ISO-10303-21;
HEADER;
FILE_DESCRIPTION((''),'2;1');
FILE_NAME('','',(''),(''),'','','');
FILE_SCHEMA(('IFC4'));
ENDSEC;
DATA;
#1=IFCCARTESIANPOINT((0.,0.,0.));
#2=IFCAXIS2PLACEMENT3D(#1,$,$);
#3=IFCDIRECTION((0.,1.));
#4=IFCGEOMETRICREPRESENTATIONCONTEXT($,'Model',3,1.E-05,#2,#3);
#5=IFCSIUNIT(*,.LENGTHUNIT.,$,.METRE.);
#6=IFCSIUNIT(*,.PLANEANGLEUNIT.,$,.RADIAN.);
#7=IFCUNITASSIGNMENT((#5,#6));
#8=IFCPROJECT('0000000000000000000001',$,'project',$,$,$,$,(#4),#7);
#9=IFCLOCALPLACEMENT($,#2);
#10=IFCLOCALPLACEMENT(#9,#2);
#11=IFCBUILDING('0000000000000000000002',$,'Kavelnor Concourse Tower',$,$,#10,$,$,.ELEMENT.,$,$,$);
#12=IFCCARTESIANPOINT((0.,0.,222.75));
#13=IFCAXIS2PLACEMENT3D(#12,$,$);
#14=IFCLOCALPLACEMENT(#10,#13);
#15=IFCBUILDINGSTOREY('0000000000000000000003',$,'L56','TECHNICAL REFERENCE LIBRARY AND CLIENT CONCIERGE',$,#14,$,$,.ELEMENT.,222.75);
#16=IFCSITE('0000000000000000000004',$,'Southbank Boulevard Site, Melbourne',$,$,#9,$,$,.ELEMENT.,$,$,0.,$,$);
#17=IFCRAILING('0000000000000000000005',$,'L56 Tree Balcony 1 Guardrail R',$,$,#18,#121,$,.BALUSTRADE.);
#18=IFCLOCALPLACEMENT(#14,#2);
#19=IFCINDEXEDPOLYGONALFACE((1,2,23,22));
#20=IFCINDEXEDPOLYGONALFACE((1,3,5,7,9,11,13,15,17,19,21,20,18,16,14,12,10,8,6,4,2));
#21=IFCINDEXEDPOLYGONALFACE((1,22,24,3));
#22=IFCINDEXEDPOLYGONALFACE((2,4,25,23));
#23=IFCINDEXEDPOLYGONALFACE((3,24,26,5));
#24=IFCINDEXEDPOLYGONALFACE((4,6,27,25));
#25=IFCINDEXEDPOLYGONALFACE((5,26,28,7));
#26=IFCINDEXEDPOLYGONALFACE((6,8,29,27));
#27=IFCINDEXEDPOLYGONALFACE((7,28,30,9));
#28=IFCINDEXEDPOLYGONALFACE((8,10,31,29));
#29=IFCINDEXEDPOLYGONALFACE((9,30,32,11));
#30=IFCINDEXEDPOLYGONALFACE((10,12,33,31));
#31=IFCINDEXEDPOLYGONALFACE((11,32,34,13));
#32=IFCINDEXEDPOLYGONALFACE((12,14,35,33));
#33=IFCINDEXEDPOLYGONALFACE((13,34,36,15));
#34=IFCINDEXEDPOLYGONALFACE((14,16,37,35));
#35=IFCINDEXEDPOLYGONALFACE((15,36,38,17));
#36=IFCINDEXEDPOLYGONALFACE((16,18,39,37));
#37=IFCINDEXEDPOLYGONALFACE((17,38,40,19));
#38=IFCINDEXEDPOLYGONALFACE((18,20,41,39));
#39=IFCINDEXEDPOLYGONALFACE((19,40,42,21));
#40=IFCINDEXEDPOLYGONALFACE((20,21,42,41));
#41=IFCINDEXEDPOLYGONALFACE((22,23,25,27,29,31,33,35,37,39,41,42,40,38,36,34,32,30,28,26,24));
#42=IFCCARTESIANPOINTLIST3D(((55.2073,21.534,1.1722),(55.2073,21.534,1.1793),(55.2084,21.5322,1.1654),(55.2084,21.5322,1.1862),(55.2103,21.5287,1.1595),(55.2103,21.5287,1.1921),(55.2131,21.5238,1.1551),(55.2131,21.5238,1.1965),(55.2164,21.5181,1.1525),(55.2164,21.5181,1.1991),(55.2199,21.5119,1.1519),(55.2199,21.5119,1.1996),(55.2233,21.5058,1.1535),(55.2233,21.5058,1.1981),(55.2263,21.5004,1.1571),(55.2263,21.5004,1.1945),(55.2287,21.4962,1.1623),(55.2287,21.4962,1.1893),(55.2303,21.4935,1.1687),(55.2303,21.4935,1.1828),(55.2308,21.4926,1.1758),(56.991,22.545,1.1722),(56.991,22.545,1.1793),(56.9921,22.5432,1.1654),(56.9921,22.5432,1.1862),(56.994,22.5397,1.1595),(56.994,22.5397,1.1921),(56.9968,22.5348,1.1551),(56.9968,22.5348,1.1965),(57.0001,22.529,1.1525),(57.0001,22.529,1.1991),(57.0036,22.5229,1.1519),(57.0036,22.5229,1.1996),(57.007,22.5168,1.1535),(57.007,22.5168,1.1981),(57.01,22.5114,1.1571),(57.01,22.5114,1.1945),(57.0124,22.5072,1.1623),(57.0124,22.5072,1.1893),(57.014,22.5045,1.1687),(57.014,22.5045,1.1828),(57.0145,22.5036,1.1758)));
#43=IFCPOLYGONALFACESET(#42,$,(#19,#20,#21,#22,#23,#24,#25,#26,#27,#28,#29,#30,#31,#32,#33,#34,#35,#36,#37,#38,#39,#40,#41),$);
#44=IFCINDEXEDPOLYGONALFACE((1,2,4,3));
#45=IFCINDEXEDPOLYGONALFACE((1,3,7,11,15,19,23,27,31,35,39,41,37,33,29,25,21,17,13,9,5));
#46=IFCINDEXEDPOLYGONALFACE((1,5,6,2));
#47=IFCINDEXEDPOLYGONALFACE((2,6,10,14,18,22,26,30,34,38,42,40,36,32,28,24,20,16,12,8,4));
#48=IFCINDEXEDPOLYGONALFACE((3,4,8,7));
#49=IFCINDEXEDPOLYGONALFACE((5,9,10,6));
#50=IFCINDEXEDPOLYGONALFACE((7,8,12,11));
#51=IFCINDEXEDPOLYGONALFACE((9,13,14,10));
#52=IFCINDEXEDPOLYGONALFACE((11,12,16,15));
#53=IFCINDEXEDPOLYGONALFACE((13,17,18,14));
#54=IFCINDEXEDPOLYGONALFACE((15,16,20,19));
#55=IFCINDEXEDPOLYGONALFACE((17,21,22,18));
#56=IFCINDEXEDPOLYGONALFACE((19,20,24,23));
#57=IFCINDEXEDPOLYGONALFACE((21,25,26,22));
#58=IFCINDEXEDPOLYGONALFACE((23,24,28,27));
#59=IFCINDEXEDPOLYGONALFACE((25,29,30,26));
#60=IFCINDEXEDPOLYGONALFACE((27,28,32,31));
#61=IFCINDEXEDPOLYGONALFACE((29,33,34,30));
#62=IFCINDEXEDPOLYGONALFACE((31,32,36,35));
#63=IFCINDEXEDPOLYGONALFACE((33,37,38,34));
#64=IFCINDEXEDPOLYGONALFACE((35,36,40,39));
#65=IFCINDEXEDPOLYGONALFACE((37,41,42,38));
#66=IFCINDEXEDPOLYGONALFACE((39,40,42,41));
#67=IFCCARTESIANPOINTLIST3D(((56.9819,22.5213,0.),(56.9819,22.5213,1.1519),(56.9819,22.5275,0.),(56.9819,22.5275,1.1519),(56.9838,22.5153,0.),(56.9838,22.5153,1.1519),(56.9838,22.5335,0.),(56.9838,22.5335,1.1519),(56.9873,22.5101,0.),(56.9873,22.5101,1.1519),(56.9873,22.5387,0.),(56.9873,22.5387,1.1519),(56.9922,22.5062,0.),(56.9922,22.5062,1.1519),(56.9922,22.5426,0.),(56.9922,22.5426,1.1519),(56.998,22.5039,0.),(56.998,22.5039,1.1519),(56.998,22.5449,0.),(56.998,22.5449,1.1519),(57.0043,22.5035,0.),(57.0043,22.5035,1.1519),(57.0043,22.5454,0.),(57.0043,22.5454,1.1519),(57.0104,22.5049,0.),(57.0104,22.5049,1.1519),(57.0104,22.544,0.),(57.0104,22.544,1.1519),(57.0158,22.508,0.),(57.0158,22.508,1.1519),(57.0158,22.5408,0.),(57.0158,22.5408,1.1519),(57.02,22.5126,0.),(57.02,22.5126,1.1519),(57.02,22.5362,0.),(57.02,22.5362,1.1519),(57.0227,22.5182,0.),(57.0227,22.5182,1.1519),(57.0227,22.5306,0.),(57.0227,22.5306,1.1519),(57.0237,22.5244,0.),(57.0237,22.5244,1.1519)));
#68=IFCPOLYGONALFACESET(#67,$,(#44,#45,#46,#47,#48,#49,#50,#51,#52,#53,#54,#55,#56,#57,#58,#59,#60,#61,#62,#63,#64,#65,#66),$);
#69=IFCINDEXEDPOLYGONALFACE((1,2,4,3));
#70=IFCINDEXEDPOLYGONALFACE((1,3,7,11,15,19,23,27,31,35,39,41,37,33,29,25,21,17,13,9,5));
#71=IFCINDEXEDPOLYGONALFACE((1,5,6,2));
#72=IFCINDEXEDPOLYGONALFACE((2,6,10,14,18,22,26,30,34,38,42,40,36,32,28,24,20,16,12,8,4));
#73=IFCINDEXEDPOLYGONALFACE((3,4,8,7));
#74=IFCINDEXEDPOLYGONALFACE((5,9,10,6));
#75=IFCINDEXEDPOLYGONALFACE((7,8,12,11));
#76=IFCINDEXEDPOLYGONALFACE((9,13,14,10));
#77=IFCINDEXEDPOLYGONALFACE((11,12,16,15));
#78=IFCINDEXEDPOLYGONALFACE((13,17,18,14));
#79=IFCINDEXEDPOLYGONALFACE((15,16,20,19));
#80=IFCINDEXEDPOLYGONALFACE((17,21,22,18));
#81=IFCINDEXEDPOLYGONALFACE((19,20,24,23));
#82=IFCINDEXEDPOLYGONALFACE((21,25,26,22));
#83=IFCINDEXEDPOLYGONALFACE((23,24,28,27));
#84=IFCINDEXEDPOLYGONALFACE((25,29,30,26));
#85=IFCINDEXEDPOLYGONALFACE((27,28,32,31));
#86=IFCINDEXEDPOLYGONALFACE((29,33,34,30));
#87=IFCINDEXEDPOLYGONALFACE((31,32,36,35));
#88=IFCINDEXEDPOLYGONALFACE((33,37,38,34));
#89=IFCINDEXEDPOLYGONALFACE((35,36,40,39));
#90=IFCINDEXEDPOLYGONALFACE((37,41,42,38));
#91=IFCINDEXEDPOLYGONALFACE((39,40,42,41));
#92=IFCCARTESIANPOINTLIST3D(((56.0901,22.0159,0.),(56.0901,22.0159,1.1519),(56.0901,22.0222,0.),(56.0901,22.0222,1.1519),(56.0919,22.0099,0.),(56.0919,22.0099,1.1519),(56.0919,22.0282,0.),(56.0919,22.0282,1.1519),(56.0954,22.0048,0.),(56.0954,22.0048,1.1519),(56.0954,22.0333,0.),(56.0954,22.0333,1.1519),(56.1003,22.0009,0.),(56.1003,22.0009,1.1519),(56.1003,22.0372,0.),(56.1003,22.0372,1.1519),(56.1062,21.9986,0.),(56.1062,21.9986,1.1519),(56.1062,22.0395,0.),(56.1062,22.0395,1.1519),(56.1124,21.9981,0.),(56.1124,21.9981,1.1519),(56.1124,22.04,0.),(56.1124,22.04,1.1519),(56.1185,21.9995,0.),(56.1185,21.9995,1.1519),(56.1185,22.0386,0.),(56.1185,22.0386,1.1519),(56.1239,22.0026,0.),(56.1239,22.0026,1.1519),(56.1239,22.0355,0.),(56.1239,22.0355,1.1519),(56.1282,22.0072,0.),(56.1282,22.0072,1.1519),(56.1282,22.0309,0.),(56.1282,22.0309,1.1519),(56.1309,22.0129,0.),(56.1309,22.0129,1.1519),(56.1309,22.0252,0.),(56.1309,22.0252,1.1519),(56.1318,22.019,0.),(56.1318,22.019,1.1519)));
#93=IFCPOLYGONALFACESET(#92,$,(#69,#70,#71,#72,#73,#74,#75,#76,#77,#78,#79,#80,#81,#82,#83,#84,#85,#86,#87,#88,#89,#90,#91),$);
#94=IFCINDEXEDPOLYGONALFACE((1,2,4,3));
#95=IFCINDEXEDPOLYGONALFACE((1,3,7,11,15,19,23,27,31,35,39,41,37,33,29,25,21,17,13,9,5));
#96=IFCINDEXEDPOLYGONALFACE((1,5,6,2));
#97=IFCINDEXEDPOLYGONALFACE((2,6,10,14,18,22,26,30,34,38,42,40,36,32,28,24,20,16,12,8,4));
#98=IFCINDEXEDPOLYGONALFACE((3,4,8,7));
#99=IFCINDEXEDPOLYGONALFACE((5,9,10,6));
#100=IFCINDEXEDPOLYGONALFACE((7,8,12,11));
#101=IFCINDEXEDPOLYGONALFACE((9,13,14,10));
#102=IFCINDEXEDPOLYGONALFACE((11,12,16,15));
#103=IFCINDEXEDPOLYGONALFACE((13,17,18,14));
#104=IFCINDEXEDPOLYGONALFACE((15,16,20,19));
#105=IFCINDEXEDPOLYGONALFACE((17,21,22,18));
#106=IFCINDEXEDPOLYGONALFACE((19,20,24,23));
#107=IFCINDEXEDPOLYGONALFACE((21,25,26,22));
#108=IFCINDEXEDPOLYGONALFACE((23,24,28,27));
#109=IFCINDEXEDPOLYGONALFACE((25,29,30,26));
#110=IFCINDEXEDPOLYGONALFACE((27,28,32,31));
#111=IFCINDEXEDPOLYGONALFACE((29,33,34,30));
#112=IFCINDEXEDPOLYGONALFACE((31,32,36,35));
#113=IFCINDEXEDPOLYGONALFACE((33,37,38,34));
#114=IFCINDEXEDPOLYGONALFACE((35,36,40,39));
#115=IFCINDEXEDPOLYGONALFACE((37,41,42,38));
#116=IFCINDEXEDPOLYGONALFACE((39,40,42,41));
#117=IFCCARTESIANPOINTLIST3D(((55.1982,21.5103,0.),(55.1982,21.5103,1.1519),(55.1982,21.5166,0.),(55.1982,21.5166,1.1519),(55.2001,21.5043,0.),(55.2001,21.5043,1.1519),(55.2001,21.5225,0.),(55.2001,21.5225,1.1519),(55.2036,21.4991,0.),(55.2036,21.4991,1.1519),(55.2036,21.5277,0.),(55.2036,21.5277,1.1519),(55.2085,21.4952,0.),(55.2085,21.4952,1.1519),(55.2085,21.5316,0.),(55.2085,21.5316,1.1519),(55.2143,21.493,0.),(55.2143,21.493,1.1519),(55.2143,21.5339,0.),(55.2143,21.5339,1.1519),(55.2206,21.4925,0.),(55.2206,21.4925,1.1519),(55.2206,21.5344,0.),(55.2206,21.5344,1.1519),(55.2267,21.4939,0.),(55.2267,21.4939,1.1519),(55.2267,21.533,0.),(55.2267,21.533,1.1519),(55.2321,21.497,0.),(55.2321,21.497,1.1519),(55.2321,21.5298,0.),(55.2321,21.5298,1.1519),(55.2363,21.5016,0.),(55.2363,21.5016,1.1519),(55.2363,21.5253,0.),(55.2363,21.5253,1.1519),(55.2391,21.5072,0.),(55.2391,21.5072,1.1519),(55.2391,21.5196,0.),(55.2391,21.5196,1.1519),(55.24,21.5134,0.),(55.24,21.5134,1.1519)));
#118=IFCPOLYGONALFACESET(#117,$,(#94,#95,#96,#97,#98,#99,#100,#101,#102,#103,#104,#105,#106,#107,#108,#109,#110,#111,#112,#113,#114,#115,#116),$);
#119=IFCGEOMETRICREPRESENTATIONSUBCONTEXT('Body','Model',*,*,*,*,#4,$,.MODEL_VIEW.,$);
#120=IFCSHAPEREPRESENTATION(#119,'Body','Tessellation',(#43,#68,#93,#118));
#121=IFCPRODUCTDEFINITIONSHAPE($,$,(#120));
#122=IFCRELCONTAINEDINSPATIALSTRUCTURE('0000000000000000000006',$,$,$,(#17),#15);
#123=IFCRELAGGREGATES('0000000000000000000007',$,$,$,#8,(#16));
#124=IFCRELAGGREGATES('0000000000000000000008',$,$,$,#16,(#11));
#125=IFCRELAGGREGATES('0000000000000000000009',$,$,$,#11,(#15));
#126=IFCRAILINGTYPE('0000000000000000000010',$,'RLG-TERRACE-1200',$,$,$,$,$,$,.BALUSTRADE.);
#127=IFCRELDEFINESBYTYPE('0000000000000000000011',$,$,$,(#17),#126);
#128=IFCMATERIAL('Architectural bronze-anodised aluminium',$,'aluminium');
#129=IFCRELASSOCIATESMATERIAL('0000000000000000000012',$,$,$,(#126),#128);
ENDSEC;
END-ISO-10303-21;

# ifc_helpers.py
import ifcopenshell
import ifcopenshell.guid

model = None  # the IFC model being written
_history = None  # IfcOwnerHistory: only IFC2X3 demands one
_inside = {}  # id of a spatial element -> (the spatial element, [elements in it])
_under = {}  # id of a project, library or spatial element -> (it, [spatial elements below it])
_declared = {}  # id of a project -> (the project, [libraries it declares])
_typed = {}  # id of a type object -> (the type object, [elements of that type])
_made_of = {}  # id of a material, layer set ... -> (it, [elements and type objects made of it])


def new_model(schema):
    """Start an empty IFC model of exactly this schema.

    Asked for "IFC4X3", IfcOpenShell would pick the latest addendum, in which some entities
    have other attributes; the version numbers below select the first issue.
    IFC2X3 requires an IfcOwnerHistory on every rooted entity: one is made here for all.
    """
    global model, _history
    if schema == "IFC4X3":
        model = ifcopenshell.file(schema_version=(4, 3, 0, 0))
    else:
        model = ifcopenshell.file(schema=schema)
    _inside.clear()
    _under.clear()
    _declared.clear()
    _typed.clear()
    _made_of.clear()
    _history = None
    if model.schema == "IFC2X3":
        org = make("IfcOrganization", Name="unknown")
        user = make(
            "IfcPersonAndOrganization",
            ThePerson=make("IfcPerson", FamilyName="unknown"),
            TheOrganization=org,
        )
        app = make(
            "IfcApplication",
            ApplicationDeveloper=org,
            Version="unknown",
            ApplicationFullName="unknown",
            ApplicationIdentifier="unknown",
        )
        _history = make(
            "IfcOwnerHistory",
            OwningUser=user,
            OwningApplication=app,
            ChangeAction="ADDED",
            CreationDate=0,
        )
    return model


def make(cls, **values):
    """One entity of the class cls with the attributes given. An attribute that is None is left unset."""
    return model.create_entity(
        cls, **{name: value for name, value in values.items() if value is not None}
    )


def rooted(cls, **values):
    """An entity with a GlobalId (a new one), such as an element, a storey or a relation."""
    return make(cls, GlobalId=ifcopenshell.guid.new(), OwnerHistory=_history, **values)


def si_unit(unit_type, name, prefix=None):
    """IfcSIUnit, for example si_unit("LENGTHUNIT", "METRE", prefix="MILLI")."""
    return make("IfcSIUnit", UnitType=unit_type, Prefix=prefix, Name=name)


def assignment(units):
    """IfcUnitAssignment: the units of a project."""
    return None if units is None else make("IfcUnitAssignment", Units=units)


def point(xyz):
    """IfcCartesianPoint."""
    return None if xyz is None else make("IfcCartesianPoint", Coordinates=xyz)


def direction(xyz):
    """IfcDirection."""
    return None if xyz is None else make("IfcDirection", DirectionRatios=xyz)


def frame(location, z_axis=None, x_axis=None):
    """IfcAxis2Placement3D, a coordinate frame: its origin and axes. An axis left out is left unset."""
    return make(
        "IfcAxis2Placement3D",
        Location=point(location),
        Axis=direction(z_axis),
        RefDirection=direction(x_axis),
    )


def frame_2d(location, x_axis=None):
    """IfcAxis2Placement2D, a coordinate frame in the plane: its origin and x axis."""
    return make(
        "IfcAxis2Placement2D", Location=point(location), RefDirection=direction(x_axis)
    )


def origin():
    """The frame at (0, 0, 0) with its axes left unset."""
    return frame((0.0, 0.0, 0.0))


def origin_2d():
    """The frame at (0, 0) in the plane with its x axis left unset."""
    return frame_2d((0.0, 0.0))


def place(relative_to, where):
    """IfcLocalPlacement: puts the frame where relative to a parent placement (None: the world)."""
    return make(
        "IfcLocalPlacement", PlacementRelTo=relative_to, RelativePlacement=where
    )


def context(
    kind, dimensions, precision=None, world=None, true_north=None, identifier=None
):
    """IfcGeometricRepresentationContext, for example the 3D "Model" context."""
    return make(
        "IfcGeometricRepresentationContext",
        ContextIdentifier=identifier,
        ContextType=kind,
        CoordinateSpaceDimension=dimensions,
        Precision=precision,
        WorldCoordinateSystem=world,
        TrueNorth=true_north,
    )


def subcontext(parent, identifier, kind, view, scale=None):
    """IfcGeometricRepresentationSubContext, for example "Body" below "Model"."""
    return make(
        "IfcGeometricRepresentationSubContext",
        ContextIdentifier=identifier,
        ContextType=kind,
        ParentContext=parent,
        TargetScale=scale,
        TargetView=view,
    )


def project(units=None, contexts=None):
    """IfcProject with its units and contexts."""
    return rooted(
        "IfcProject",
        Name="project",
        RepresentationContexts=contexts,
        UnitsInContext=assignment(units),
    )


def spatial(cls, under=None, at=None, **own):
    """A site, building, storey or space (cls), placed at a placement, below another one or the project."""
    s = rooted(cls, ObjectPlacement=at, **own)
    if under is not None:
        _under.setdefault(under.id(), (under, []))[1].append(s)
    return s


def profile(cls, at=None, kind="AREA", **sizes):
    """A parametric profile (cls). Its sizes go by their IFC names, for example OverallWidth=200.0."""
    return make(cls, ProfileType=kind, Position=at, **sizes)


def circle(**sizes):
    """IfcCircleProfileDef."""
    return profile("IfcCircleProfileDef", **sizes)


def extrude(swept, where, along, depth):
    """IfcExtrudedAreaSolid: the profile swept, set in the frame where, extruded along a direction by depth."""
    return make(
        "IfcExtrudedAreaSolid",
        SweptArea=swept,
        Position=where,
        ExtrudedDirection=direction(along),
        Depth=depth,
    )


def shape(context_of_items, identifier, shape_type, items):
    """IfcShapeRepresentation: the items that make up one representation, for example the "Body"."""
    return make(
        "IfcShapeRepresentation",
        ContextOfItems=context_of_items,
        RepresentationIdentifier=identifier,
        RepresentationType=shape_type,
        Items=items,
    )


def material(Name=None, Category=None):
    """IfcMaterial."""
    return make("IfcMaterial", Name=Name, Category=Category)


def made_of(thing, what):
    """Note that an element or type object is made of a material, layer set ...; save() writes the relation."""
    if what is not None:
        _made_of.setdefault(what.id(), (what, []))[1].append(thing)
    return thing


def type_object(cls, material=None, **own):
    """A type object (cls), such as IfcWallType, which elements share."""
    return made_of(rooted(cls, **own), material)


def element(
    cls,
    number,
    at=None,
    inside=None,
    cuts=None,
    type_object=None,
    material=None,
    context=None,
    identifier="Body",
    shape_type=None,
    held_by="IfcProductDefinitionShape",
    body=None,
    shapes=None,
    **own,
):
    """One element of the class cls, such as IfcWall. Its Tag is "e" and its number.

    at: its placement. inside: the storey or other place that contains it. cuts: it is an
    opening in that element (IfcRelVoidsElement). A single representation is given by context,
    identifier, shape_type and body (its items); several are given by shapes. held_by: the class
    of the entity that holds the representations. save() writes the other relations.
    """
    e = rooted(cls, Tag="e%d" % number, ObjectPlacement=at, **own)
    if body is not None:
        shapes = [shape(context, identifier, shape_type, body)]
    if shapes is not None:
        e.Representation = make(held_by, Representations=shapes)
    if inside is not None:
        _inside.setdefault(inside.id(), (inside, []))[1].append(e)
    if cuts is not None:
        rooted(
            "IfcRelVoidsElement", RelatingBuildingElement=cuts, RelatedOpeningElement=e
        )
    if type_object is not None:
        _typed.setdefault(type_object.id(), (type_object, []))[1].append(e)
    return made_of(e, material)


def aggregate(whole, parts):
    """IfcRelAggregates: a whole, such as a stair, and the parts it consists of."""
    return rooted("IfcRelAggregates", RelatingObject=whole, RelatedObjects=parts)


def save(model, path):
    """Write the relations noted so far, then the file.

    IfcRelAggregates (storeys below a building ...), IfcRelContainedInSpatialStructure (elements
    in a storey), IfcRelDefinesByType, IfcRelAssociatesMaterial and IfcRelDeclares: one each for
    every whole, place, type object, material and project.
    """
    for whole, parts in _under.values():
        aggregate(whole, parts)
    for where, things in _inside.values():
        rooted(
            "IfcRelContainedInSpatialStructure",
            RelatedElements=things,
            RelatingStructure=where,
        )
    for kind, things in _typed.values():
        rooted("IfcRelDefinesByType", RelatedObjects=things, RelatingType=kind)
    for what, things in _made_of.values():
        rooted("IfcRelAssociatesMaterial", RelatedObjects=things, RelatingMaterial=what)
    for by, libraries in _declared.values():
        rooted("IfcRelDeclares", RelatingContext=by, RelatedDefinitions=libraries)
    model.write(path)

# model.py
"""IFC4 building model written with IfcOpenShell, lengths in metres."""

from ifc_helpers import new_model, si_unit, direction, frame, origin, origin_2d, place, context, subcontext, project, spatial, circle, extrude, material, type_object, element, save


model = new_model("IFC4")

# Units and contexts
model_context = context("Model", 3, precision=1e-05, world=origin(), true_north=direction((0.0, 1.0)))
body_context = subcontext(model_context, "Body", "Model", "MODEL_VIEW")
ifc_project = project(units=[si_unit("LENGTHUNIT", "METRE"), si_unit("PLANEANGLEUNIT", "RADIAN")], contexts=[model_context])

# Site, building, storey
site_placement = place(None, origin())
site = spatial("IfcSite", under=ifc_project, at=site_placement, Name="Southbank Boulevard Site, Melbourne", CompositionType="ELEMENT", RefElevation=0.0)
building_placement = place(site_placement, origin())
building = spatial("IfcBuilding", under=site, at=building_placement, Name="Kavelnor Concourse Tower", CompositionType="ELEMENT")
storey_placement = place(building_placement, frame((0.0, 0.0, 222.75)))
storey = spatial("IfcBuildingStorey", under=building, at=storey_placement, Name="L56", Description="TECHNICAL REFERENCE LIBRARY AND CLIENT CONCIERGE", CompositionType="ELEMENT", Elevation=222.75)

# Railing
ifc_material_1 = material(Name="Architectural bronze-anodised aluminium", Category="aluminium")
railing_type_1 = type_object("IfcRailingType", Name="RLG-TERRACE-1200", PredefinedType="BALUSTRADE", material=ifc_material_1)
railing_1_placement = place(storey_placement, frame((57.0027, 22.5244, 0.0)))
element("IfcRailing", 1, at=railing_1_placement, inside=storey, type_object=railing_type_1, Name="L56 Tree Balcony 1 Guardrail R", PredefinedType="BALUSTRADE", context=body_context, shape_type="SweptSolid", body=[
    extrude(circle(Radius=0.0239, at=origin_2d()), frame((0.0, 0.0, 1.1758), z_axis=(-0.869975, -0.493097, 0.0), x_axis=(0.493097, -0.869975, 0.0)), (0.0, 0.0, 1.0), 2.0503),
    extrude(circle(Radius=0.021, at=origin_2d()), origin(), (0.0, 0.0, 1.0), 1.1519),
    extrude(circle(Radius=0.021, at=origin_2d()), frame((-0.8918, -0.5054, 0.0)), (0.0, 0.0, 1.0), 1.1519),
    extrude(circle(Radius=0.021, at=origin_2d()), frame((-1.7837, -1.011, 0.0)), (0.0, 0.0, 1.0), 1.1519),
])

save(model, "model.ifc")
